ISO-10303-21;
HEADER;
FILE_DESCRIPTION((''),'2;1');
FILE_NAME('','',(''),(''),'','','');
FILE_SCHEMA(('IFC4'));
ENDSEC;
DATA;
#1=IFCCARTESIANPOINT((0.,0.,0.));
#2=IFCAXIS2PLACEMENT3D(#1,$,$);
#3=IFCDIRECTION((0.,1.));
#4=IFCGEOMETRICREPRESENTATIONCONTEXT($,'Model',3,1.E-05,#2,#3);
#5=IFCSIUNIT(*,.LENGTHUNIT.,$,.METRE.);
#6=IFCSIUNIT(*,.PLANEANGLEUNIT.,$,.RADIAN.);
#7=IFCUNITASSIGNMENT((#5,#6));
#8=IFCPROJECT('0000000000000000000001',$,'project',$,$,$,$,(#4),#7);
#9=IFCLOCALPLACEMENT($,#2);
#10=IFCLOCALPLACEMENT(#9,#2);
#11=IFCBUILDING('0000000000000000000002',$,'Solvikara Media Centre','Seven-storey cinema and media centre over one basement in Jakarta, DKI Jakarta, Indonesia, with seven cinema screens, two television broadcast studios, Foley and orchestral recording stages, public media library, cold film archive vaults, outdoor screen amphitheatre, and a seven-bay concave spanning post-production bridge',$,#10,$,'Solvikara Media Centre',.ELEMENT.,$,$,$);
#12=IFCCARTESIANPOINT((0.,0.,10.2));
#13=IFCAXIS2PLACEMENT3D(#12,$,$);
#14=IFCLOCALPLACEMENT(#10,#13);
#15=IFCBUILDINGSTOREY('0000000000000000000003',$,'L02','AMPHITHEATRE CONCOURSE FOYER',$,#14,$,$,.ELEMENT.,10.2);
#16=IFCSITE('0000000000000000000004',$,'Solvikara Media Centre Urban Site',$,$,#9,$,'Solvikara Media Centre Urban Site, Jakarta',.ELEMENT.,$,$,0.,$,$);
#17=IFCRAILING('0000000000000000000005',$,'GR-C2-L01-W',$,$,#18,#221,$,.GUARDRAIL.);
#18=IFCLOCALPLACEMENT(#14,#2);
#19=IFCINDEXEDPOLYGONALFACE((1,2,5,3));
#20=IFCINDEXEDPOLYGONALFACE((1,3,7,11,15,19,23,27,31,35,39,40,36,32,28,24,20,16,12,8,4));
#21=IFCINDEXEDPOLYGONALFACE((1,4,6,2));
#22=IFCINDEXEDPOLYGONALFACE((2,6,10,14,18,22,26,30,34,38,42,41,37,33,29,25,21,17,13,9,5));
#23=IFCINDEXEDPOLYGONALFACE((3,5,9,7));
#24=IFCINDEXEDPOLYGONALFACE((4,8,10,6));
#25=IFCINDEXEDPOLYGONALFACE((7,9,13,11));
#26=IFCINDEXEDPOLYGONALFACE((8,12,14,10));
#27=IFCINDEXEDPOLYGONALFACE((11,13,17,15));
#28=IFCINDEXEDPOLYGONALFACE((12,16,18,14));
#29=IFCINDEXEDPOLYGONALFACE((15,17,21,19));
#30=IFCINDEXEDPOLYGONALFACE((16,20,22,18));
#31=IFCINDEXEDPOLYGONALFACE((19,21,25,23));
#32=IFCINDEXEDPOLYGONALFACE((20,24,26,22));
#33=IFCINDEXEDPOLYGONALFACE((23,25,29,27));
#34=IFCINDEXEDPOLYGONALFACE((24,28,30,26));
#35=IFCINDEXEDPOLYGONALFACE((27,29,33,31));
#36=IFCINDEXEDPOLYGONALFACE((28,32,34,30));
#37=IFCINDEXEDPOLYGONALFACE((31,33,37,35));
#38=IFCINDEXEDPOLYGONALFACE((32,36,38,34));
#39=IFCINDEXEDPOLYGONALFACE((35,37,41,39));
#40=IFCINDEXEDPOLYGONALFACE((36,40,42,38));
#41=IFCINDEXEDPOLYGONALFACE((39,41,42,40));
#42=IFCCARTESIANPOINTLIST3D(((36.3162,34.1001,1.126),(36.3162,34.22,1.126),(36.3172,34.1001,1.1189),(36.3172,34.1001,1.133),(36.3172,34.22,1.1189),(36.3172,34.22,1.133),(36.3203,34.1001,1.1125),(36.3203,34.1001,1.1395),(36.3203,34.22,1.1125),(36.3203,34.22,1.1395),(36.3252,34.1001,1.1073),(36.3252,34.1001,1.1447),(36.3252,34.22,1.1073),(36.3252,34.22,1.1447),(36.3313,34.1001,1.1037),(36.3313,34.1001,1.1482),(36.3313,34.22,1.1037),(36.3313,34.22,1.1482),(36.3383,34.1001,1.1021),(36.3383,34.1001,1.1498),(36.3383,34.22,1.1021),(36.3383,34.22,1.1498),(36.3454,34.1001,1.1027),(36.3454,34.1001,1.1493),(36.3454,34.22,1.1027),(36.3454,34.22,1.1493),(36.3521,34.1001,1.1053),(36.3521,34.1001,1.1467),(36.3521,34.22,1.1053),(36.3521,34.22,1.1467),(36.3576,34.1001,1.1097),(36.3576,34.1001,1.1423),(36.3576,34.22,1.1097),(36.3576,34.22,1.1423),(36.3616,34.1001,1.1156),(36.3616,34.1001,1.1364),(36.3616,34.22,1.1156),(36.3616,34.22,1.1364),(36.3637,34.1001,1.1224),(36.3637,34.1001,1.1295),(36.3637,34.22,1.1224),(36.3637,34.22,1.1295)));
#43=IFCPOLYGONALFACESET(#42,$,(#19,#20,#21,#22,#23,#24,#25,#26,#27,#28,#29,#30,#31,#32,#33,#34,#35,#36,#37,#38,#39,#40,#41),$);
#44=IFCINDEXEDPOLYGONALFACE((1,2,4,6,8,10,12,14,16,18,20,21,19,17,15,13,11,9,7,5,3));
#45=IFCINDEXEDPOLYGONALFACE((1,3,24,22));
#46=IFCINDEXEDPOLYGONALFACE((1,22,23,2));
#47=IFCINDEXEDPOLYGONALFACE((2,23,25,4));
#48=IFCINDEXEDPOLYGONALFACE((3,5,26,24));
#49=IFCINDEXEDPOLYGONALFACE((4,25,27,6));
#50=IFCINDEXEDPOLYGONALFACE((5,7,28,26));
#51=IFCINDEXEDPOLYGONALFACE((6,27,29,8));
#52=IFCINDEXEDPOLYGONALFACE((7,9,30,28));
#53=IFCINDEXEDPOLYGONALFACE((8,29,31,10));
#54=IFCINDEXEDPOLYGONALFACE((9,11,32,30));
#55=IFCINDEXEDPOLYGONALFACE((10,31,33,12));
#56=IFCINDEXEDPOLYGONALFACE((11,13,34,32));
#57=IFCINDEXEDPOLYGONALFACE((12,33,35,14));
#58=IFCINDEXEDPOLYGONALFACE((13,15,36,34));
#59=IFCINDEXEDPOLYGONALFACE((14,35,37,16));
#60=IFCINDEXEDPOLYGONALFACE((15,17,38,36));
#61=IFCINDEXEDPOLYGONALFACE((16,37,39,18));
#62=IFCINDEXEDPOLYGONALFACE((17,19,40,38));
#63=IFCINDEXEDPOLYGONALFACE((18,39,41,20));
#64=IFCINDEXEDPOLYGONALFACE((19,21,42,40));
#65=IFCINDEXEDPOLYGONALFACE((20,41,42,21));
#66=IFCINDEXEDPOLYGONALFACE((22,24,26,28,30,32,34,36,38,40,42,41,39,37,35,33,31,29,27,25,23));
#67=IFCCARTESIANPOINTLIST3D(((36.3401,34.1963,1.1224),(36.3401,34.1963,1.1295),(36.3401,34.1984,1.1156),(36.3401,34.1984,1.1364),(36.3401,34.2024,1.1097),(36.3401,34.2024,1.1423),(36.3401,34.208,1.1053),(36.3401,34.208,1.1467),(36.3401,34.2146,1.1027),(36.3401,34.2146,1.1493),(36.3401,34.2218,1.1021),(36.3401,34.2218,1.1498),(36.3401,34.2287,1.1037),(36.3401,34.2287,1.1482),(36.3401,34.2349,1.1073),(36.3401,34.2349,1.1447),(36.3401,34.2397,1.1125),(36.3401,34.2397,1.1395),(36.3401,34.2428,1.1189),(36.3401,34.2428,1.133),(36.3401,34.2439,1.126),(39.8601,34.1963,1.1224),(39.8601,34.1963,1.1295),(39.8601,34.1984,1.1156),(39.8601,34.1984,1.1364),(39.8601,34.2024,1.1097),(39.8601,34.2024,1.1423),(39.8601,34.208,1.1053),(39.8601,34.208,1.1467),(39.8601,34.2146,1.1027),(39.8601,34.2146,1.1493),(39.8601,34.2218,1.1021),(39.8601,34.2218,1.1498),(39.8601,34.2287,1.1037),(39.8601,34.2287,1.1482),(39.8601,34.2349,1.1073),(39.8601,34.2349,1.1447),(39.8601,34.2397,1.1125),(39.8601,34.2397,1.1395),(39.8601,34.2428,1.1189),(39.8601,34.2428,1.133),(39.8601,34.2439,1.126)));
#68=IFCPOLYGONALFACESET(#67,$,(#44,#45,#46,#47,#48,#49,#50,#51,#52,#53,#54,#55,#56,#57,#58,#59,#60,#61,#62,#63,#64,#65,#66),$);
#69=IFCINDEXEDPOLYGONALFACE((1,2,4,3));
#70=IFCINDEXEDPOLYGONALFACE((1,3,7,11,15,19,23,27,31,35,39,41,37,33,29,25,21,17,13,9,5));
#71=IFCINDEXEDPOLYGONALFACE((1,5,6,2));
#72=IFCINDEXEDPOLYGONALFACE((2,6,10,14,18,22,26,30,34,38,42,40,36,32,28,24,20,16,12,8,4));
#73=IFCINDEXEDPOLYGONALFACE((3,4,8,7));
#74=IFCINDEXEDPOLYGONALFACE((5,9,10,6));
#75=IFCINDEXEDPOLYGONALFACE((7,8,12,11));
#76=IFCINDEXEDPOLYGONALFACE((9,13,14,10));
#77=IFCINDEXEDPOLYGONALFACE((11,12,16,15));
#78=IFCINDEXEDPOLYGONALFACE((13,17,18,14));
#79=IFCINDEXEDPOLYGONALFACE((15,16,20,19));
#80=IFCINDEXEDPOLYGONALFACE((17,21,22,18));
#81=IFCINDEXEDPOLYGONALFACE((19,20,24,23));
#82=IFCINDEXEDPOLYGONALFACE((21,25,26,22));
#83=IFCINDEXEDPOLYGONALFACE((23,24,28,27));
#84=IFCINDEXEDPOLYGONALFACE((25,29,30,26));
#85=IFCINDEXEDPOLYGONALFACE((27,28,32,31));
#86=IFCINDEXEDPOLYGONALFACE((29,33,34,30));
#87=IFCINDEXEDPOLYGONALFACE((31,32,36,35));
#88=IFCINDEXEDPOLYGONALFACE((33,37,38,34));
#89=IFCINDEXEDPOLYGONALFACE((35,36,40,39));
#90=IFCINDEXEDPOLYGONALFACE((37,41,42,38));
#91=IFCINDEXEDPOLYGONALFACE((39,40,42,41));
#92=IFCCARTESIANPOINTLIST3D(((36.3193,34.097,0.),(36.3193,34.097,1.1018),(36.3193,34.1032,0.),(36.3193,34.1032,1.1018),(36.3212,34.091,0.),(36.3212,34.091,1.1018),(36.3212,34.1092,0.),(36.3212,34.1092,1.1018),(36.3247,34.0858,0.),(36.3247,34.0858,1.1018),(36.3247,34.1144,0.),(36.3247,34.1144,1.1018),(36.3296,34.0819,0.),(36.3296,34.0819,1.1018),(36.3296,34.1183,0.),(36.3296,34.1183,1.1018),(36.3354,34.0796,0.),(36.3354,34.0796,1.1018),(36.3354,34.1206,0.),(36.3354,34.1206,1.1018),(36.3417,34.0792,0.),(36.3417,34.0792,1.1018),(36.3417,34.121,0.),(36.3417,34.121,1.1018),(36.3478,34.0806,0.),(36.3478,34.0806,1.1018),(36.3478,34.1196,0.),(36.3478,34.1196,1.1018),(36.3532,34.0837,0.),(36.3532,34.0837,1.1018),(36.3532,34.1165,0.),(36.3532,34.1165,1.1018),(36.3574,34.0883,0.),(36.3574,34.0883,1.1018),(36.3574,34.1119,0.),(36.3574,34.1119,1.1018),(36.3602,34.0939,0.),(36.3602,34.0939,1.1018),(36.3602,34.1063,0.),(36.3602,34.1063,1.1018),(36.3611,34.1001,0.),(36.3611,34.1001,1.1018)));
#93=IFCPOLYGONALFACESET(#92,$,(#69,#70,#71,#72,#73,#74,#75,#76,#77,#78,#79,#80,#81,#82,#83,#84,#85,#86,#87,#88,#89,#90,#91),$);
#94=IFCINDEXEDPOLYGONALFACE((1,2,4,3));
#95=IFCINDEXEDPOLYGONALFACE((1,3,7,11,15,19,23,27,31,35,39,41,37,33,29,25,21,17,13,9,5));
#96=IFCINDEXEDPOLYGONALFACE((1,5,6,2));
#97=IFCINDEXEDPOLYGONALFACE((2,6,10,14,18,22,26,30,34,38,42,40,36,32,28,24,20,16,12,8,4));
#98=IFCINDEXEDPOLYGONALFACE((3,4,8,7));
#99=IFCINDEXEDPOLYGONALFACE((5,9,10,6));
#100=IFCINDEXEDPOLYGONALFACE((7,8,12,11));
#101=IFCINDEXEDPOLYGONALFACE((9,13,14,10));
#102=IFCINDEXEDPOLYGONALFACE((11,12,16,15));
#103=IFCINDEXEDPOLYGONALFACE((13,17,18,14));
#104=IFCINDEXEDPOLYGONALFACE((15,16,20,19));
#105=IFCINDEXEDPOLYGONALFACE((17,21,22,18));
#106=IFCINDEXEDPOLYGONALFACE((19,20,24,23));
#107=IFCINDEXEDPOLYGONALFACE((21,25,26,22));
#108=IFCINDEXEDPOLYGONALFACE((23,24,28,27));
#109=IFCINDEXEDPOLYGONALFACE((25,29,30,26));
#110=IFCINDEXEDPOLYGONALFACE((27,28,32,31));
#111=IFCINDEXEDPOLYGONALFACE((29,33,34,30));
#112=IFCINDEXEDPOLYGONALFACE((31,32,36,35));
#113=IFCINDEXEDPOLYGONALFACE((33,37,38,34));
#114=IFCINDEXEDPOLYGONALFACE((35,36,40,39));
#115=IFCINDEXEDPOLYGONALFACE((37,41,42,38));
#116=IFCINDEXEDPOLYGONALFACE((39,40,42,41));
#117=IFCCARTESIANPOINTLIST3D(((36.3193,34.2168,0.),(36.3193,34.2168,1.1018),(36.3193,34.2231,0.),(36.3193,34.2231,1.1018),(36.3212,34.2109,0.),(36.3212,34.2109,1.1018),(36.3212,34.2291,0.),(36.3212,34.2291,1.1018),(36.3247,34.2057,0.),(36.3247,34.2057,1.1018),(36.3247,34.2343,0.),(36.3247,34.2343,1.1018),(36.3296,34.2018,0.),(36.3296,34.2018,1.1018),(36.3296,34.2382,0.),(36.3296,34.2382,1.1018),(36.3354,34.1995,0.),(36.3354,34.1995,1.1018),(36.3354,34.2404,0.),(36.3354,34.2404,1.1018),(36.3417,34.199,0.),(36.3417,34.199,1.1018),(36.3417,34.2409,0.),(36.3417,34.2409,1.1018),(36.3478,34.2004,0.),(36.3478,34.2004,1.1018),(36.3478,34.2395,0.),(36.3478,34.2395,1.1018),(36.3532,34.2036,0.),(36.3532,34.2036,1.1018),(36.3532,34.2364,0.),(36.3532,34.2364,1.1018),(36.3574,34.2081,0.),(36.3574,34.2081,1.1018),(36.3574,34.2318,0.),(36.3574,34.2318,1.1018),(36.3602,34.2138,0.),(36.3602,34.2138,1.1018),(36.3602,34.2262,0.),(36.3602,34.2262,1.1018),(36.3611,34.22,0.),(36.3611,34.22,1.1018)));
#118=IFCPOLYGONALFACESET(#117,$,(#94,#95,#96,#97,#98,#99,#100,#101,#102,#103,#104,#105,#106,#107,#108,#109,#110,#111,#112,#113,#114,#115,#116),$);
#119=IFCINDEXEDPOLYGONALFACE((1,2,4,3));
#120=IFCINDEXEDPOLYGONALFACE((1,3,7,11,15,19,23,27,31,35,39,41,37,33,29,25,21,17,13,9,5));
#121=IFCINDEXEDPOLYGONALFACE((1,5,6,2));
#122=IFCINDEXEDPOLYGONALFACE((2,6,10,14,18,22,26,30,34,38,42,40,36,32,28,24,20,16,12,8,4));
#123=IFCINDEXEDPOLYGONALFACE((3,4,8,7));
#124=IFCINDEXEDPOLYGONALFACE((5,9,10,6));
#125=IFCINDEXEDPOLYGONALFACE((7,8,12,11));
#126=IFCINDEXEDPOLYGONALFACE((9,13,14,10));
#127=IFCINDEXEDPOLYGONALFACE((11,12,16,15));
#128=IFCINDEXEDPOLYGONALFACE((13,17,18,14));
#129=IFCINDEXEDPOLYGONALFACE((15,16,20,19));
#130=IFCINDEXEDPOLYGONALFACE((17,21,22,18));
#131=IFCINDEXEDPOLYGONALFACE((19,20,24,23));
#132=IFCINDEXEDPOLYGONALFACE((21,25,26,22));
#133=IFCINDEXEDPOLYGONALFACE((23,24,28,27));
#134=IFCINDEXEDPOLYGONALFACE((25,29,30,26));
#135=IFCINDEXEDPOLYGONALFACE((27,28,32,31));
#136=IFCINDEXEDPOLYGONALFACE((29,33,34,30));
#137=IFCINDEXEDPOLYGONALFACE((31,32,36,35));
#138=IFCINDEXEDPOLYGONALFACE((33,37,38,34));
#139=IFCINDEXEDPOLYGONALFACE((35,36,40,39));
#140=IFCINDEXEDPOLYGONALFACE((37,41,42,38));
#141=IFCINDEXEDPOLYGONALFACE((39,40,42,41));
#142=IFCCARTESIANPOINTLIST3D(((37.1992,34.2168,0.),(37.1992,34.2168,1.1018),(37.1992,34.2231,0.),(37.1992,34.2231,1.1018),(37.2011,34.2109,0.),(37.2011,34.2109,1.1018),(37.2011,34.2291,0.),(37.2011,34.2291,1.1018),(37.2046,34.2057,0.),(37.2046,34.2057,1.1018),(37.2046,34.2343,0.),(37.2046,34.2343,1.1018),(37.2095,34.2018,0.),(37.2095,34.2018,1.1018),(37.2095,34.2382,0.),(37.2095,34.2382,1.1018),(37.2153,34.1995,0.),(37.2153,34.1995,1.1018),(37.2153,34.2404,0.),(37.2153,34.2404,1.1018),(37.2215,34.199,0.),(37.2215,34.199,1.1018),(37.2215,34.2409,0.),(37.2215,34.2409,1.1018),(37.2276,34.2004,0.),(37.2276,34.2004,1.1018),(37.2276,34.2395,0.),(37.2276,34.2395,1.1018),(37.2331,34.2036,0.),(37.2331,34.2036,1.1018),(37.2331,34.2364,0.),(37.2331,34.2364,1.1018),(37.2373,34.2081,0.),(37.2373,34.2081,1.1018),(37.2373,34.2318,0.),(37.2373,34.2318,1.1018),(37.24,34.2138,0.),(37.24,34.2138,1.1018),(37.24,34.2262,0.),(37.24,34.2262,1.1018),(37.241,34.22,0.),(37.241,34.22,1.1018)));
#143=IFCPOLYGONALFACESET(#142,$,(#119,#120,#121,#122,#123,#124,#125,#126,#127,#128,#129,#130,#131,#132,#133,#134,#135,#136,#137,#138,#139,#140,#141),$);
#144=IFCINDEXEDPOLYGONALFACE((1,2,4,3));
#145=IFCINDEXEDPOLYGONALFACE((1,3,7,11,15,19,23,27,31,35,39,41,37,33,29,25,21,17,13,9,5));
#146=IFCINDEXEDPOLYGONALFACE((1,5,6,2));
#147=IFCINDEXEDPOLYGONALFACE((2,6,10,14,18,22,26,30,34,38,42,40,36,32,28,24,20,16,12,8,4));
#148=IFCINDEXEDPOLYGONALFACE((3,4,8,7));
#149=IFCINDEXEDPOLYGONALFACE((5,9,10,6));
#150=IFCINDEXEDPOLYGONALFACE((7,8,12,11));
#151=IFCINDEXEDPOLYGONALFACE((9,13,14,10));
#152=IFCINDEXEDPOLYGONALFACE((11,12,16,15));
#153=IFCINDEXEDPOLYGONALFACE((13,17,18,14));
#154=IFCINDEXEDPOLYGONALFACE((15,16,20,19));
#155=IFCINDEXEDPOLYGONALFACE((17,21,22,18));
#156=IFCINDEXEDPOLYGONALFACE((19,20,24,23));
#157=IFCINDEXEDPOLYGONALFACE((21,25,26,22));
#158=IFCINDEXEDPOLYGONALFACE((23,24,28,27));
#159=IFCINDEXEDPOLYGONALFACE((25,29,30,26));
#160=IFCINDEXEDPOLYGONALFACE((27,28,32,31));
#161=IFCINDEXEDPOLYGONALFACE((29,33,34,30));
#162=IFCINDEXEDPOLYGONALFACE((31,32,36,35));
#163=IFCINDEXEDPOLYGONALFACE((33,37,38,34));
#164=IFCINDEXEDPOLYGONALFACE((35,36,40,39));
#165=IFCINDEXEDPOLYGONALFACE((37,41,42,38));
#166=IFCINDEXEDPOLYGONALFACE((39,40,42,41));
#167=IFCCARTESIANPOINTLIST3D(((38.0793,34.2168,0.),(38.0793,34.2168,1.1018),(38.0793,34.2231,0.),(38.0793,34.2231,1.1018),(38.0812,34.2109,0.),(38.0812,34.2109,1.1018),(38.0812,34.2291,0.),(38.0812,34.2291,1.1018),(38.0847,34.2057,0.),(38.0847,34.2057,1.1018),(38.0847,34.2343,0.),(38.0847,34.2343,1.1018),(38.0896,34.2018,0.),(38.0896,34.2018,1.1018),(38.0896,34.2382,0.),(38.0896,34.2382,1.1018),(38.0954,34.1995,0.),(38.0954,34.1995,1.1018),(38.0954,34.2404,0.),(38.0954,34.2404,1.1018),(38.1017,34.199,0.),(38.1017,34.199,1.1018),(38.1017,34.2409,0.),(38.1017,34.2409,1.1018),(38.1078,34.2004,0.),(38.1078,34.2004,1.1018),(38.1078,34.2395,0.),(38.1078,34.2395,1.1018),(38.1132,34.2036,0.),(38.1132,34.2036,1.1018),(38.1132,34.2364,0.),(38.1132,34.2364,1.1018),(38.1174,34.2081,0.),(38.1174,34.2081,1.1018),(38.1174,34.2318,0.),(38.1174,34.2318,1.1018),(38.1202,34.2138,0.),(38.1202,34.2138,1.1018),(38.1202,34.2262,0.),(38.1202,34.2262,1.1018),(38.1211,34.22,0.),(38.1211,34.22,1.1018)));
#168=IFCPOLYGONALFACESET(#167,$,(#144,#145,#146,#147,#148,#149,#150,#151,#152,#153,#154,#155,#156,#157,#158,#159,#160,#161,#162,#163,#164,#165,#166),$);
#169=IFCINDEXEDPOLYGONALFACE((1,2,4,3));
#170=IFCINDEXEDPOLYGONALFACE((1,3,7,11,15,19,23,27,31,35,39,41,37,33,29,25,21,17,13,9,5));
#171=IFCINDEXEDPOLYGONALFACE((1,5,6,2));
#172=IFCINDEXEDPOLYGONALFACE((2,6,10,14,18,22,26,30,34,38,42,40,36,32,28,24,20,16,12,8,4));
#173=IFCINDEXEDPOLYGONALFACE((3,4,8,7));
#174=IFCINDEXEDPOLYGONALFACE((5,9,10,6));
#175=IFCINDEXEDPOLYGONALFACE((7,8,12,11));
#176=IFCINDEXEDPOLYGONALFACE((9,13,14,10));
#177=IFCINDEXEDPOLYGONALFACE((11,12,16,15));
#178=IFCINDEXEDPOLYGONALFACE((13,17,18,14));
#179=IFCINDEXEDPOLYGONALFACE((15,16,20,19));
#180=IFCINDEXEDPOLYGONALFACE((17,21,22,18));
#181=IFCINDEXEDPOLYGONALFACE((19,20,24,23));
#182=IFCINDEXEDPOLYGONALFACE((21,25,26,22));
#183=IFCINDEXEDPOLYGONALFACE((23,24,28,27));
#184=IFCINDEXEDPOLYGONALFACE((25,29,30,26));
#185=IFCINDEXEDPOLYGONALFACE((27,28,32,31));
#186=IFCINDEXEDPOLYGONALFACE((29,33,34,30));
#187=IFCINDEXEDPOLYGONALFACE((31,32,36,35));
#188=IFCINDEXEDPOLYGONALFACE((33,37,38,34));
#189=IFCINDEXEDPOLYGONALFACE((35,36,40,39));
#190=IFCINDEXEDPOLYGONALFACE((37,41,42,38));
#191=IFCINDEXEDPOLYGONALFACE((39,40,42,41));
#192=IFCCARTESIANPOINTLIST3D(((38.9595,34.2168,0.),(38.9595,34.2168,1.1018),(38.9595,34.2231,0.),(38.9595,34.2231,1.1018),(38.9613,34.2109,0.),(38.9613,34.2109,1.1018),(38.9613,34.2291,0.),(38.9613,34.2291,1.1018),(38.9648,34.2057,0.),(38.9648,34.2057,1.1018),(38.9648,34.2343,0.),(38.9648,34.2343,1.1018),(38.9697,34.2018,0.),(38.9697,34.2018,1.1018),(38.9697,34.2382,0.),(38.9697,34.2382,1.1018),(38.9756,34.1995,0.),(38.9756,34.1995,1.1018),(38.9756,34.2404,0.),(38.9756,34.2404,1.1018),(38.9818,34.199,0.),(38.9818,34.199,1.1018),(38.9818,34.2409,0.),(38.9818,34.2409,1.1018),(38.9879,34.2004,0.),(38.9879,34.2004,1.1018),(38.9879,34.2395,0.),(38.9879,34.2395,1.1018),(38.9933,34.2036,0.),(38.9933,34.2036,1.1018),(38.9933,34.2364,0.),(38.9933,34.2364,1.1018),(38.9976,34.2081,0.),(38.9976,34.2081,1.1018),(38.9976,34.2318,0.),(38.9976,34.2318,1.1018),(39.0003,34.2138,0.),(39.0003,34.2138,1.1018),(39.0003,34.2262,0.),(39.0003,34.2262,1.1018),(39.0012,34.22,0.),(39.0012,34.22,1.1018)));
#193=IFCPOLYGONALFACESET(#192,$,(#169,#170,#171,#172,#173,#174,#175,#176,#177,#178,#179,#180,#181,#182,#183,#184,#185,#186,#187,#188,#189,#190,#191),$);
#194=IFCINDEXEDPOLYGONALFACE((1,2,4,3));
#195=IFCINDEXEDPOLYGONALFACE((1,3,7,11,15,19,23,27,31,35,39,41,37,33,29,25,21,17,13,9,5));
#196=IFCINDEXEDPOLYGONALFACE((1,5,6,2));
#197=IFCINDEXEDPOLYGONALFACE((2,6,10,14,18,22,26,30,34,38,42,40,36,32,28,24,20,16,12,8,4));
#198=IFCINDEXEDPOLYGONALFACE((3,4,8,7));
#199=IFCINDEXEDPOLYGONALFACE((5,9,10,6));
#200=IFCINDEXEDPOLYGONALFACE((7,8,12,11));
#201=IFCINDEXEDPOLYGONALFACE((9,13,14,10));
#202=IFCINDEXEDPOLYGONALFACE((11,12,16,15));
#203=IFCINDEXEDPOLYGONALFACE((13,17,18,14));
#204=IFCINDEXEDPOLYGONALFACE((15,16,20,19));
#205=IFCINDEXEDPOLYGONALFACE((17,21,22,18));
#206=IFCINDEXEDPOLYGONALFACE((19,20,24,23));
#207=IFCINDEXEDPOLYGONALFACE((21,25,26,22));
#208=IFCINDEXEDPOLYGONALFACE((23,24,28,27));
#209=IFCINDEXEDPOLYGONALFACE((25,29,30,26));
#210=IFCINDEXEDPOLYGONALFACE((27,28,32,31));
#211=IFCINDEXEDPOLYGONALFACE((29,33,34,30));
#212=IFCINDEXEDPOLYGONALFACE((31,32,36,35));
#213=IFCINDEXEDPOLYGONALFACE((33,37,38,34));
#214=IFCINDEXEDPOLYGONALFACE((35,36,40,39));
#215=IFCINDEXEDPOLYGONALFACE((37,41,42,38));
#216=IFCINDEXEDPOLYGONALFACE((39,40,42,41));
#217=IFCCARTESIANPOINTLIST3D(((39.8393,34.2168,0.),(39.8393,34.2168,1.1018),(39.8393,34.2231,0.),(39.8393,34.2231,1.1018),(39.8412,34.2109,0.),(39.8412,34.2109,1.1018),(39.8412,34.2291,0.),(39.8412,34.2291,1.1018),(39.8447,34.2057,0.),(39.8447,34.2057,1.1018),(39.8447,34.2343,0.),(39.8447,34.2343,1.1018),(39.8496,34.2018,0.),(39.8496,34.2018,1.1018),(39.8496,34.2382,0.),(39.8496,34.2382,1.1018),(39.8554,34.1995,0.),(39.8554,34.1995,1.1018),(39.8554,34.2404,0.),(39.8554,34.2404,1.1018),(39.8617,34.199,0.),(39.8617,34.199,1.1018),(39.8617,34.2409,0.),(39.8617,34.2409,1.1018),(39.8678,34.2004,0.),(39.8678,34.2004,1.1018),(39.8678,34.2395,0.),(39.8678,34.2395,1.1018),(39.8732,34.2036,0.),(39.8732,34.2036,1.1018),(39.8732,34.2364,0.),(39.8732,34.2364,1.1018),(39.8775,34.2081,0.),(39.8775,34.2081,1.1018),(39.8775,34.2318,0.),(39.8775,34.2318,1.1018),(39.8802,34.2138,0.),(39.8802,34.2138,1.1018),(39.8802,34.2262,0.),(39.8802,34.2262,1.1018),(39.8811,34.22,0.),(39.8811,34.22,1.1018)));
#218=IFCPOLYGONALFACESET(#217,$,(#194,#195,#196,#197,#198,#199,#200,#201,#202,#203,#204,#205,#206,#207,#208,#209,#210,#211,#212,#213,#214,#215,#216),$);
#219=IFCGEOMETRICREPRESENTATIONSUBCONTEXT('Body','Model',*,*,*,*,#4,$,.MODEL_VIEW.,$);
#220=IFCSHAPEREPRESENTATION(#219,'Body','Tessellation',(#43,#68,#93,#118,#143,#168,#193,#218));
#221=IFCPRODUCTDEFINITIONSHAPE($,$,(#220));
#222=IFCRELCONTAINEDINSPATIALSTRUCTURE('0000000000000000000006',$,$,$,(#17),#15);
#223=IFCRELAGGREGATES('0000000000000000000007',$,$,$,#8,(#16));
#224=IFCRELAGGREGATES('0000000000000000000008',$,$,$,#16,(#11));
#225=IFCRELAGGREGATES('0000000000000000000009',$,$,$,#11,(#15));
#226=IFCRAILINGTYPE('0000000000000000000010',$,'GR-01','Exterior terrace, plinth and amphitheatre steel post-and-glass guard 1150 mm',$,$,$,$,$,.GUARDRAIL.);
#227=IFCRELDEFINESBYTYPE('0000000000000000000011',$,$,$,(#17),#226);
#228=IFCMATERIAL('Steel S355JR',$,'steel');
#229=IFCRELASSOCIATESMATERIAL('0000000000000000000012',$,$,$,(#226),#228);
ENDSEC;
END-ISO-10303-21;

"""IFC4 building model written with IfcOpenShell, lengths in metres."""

from ifc_helpers import new_model, si_unit, direction, frame, origin, origin_2d, place, context, subcontext, project, spatial, circle, extrude, material, type_object, element, save


model = new_model("IFC4")

# Units and contexts
model_context = context("Model", 3, precision=1e-05, world=origin(), true_north=direction((0.0, 1.0)))
body_context = subcontext(model_context, "Body", "Model", "MODEL_VIEW")
ifc_project = project(units=[si_unit("LENGTHUNIT", "METRE"), si_unit("PLANEANGLEUNIT", "RADIAN")], contexts=[model_context])

# Site, building, storey
site_placement = place(None, origin())
site = spatial("IfcSite", under=ifc_project, at=site_placement, Name="Solvikara Media Centre Urban Site", LongName="Solvikara Media Centre Urban Site, Jakarta", CompositionType="ELEMENT", RefElevation=0.0)
building_placement = place(site_placement, origin())
building = spatial("IfcBuilding", under=site, at=building_placement, Name="Solvikara Media Centre", Description="Seven-storey cinema and media centre over one basement in Jakarta, DKI Jakarta, Indonesia, with seven cinema screens, two television broadcast studios, Foley and orchestral recording stages, public media library, cold film archive vaults, outdoor screen amphitheatre, and a seven-bay concave spanning post-production bridge", LongName="Solvikara Media Centre", CompositionType="ELEMENT")
storey_placement = place(building_placement, frame((0.0, 0.0, 10.2)))
storey = spatial("IfcBuildingStorey", under=building, at=storey_placement, Name="L02", Description="AMPHITHEATRE CONCOURSE FOYER", CompositionType="ELEMENT", Elevation=10.2)

# Shared definitions
ifc_material_1 = material(Name="Steel S355JR", Category="steel")

# Railing
railing_type_1 = type_object("IfcRailingType", Name="GR-01", Description="Exterior terrace, plinth and amphitheatre steel post-and-glass guard 1150 mm", PredefinedType="GUARDRAIL", material=ifc_material_1)
railing_1_placement = place(storey_placement, frame((36.3401, 34.1001, 0.0)))
element("IfcRailing", 1, at=railing_1_placement, inside=storey, type_object=railing_type_1, Name="GR-C2-L01-W", PredefinedType="GUARDRAIL", context=body_context, shape_type="SweptSolid", body=[
    extrude(circle(Radius=0.0239, at=origin_2d()), frame((0.0, 0.0, 1.126), z_axis=(0.0, 1.0, 0.0), x_axis=(-1.0, 0.0, 0.0)), (0.0, 0.0, 1.0), 0.1199),
    extrude(circle(Radius=0.0239, at=origin_2d()), frame((0.0, 0.1199, 1.126), z_axis=(1.0, 0.0, 0.0), x_axis=(0.0, 1.0, 0.0)), (0.0, 0.0, 1.0), 3.52),
    extrude(circle(Radius=0.021, at=origin_2d()), origin(), (0.0, 0.0, 1.0), 1.1018),
    extrude(circle(Radius=0.021, at=origin_2d()), frame((0.0, 0.1199, 0.0)), (0.0, 0.0, 1.0), 1.1018),
    extrude(circle(Radius=0.021, at=origin_2d()), frame((0.8799, 0.1199, 0.0)), (0.0, 0.0, 1.0), 1.1018),
    extrude(circle(Radius=0.021, at=origin_2d()), frame((1.76, 0.1199, 0.0)), (0.0, 0.0, 1.0), 1.1018),
    extrude(circle(Radius=0.021, at=origin_2d()), frame((2.6401, 0.1199, 0.0)), (0.0, 0.0, 1.0), 1.1018),
    extrude(circle(Radius=0.021, at=origin_2d()), frame((3.52, 0.1199, 0.0)), (0.0, 0.0, 1.0), 1.1018),
])

save(model, "model.ifc")
